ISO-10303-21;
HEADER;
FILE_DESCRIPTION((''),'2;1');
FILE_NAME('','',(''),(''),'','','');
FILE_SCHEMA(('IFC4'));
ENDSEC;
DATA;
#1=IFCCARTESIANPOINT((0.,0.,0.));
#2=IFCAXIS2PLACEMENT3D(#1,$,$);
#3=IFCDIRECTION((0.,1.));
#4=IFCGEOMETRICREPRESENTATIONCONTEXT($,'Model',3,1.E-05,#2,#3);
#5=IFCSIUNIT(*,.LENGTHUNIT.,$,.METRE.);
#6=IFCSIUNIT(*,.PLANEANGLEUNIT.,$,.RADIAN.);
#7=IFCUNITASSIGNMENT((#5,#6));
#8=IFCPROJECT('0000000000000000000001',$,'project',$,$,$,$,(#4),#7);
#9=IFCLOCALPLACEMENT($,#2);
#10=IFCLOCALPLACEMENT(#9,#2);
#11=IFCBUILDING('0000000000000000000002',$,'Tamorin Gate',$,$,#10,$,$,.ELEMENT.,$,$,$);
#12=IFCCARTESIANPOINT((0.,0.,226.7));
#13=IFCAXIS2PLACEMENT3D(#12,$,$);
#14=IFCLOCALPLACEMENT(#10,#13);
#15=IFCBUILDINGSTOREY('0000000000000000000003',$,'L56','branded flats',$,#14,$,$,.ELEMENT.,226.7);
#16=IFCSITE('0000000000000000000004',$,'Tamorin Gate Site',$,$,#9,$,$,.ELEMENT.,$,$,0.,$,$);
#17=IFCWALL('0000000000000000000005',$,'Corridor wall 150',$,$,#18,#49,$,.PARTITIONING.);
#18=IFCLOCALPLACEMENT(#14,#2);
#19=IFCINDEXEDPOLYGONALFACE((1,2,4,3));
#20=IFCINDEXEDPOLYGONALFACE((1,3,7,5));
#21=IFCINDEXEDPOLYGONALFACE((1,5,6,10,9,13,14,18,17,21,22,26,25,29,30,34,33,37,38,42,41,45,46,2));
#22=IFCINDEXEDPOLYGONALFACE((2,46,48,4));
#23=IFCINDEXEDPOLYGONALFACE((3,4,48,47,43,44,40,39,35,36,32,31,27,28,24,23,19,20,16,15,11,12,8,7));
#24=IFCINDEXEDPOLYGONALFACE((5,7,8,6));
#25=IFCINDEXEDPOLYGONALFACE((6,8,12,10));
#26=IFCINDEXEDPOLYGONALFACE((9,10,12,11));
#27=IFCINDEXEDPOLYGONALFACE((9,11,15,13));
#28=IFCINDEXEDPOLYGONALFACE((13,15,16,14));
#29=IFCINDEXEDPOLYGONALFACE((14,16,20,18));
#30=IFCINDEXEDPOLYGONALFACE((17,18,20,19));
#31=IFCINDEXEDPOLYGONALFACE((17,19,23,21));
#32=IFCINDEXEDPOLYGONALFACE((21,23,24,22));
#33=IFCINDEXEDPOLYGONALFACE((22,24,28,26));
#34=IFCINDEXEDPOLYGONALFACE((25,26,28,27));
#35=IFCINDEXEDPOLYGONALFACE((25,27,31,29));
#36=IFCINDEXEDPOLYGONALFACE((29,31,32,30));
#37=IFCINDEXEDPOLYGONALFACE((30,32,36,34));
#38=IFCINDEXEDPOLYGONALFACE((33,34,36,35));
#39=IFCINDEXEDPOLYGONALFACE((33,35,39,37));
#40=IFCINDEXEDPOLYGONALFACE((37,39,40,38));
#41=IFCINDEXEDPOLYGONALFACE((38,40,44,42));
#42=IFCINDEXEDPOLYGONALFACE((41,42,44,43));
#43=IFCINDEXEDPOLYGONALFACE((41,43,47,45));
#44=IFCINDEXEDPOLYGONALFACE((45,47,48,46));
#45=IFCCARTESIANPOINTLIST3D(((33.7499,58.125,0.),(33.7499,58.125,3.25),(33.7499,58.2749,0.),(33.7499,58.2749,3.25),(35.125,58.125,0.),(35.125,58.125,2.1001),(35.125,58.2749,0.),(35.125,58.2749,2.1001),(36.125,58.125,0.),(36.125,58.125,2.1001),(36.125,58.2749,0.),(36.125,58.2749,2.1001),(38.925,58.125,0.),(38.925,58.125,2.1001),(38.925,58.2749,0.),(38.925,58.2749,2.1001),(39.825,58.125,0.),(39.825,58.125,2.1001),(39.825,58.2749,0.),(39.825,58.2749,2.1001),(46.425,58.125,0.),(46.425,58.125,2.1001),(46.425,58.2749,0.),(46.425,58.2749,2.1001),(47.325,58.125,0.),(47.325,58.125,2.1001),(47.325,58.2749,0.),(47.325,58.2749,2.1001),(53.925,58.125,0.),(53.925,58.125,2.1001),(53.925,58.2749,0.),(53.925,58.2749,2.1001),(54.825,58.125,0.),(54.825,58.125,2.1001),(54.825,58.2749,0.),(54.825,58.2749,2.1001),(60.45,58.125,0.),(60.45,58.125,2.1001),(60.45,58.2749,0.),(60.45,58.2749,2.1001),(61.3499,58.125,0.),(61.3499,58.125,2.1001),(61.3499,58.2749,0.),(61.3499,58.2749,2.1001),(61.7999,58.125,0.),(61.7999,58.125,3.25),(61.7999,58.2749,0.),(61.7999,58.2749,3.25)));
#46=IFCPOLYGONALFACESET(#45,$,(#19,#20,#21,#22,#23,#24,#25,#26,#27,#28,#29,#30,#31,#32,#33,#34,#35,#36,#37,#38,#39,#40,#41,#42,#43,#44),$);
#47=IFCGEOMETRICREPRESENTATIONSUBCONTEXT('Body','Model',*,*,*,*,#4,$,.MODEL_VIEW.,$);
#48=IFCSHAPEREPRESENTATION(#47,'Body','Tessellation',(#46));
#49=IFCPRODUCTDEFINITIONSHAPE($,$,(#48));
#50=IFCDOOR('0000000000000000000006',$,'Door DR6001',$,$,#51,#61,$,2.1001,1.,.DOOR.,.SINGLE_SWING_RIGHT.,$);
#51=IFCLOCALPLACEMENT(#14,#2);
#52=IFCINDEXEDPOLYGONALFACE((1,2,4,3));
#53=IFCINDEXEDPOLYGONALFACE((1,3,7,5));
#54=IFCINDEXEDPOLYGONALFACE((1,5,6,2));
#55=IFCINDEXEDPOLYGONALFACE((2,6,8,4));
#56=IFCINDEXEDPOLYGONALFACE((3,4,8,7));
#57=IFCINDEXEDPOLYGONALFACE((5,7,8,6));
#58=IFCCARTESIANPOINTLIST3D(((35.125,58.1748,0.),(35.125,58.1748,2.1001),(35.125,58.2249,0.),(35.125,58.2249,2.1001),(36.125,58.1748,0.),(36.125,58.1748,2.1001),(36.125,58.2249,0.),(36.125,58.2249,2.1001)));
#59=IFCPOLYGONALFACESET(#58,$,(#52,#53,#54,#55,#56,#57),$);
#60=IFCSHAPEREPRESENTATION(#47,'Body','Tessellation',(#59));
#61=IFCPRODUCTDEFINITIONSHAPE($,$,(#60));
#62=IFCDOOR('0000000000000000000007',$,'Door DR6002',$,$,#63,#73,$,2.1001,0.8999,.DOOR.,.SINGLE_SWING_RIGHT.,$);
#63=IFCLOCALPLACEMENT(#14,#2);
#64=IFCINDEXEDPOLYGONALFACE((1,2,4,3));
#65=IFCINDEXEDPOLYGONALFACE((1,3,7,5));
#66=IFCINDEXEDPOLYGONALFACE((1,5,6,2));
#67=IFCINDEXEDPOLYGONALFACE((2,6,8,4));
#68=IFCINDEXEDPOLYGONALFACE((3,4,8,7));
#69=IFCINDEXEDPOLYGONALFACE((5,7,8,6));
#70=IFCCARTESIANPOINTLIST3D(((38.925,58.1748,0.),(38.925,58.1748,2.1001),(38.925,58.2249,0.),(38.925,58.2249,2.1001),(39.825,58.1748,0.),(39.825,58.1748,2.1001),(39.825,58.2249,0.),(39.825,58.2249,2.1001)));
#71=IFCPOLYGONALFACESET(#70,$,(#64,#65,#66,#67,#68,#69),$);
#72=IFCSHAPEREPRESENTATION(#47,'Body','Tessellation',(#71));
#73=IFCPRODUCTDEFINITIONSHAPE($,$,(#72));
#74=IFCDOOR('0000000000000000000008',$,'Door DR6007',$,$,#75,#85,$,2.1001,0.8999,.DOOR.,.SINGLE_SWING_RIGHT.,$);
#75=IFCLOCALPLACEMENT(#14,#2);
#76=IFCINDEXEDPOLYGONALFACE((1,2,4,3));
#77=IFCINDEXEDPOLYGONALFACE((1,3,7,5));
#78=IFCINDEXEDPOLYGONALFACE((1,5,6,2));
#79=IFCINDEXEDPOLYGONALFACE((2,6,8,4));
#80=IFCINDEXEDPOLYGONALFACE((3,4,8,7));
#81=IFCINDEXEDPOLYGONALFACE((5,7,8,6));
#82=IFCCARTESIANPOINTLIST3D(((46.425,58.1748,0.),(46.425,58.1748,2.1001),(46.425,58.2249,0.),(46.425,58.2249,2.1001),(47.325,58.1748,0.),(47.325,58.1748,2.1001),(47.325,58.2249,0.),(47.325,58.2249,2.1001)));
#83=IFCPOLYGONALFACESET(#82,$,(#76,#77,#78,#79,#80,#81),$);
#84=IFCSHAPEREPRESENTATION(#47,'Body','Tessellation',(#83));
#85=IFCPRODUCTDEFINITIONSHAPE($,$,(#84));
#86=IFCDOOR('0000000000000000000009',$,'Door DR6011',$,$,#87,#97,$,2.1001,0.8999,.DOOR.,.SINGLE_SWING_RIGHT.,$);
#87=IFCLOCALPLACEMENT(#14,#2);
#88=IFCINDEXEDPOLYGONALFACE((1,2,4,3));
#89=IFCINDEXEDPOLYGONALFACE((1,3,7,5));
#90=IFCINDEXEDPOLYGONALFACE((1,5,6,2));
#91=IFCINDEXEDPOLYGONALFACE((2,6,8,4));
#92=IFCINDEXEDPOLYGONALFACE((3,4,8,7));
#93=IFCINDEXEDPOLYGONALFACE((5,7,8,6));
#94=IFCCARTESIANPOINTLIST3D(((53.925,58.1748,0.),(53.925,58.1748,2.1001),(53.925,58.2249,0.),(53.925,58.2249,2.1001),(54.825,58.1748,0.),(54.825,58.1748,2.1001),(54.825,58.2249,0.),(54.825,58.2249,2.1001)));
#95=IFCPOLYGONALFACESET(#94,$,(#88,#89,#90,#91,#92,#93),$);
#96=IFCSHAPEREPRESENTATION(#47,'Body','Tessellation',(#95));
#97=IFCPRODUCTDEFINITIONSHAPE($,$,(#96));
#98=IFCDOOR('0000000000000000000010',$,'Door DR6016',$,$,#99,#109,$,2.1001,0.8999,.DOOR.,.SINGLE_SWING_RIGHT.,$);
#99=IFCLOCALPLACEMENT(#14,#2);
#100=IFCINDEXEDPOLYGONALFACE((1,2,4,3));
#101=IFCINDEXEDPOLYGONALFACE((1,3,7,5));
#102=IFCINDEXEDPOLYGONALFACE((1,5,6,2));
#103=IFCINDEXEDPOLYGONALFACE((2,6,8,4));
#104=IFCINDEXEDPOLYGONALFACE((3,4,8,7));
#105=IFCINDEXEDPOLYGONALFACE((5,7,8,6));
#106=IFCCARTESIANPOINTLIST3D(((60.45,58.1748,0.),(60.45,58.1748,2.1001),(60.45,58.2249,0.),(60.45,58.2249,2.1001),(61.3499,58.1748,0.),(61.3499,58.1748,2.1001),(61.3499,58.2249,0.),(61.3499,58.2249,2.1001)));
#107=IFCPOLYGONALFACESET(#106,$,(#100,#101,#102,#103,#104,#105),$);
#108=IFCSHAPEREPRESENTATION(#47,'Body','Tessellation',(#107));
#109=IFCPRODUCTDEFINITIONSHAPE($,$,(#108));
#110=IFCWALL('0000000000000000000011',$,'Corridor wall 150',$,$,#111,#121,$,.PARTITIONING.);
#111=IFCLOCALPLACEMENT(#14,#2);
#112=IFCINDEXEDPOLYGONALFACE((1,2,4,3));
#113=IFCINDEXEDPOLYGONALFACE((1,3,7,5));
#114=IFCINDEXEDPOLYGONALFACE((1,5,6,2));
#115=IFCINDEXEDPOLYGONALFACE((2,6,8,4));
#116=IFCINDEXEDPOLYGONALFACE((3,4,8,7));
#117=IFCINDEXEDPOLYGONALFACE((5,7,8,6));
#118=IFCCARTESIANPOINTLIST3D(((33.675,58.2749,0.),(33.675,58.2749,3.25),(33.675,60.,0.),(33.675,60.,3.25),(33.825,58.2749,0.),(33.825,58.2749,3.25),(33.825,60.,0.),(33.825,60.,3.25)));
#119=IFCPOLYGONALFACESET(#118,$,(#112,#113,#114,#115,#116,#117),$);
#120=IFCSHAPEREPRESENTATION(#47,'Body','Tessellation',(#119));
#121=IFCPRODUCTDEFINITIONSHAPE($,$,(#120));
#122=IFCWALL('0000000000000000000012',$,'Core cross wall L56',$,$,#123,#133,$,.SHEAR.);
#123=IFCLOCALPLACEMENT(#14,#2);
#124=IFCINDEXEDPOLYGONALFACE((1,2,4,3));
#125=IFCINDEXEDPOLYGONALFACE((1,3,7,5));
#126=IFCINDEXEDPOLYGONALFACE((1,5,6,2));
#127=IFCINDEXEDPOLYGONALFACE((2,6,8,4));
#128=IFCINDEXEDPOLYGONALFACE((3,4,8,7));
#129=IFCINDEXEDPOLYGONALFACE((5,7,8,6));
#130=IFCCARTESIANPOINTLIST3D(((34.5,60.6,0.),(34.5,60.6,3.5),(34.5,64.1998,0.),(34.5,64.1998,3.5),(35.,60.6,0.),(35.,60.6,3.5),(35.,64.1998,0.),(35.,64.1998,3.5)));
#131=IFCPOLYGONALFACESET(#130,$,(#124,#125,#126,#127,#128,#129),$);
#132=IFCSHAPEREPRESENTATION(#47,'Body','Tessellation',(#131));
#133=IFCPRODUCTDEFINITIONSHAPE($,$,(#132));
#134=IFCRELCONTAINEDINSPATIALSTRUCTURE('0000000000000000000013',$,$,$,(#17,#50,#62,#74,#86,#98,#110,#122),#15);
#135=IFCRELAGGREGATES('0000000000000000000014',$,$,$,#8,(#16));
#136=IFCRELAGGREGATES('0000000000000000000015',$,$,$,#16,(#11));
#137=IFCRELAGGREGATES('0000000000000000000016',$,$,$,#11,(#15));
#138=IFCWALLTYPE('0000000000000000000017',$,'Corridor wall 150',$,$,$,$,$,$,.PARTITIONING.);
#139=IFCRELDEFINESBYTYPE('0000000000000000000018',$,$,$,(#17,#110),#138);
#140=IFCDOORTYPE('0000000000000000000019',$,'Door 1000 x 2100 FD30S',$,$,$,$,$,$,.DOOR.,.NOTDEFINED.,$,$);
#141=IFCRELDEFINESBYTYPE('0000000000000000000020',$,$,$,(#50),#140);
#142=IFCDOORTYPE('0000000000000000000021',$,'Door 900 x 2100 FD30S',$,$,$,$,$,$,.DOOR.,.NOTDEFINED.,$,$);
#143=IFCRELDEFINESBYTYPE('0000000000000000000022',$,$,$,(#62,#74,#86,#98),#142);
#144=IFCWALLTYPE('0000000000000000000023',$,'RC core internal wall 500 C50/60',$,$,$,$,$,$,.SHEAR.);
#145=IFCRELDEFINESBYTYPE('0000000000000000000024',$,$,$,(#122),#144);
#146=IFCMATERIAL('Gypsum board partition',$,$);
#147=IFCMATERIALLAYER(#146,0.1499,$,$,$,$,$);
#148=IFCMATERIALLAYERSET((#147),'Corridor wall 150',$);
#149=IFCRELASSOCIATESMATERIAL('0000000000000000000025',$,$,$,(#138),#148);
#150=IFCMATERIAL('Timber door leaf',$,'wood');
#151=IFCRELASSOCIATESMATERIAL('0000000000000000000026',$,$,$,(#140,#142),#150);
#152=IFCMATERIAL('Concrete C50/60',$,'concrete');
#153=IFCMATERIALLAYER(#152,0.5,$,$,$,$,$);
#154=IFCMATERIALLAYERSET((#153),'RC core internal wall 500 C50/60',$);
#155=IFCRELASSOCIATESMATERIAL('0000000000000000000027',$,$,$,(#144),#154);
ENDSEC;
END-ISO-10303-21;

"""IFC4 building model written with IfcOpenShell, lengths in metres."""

from ifc_helpers import new_model, si_unit, direction, frame, frame_2d, origin, place, context, subcontext, project, spatial, rectangle, extrude, material, layer, layer_set, type_object, element, fill, save


model = new_model("IFC4")

# Units and contexts
model_context = context("Model", 3, precision=1e-05, world=origin(), true_north=direction((0.0, 1.0)))
body_context = subcontext(model_context, "Body", "Model", "MODEL_VIEW")
ifc_project = project(units=[si_unit("LENGTHUNIT", "METRE"), si_unit("PLANEANGLEUNIT", "RADIAN")], contexts=[model_context])

# Site, building, storey
site_placement = place(None, origin())
site = spatial("IfcSite", under=ifc_project, at=site_placement, Name="Tamorin Gate Site", CompositionType="ELEMENT", RefElevation=0.0)
building_placement = place(site_placement, origin())
building = spatial("IfcBuilding", under=site, at=building_placement, Name="Tamorin Gate", CompositionType="ELEMENT")
storey_placement = place(building_placement, frame((0.0, 0.0, 226.7)))
storey = spatial("IfcBuildingStorey", under=building, at=storey_placement, Name="L56", Description="branded flats", CompositionType="ELEMENT", Elevation=226.7)

# Shared definitions
ifc_material_1 = material(Name="Concrete C50/60", Category="concrete")

# Wall, openings, doors
ifc_material_2 = material(Name="Gypsum board partition")
ifc_layer_1 = layer(ifc_material_2, 0.1499)
ifc_layer_set_1 = layer_set([ifc_layer_1], Name="Corridor wall 150")
wall_type_1 = type_object("IfcWallType", Name="Corridor wall 150", PredefinedType="PARTITIONING", material=ifc_layer_set_1)
wall_1_placement = place(storey_placement, frame((33.75, 58.2, 0.0), z_axis=(0.0, 0.0, 1.0), x_axis=(1.0, 0.0, 0.0)))
wall_1 = element("IfcWall", 1, at=wall_1_placement, inside=storey, type_object=wall_type_1, Name="Corridor wall 150", PredefinedType="PARTITIONING", context=body_context, shape_type="SweptSolid", body=[
    extrude(rectangle(XDim=28.05, YDim=0.1499, at=frame_2d((14.0249, 0.0))), origin(), (0.0, 0.0, 1.0), 3.25),
])
opening_1_placement = place(wall_1_placement, frame((1.375, 0.0, 0.0)))
opening_1 = element("IfcOpeningElement", 2, at=opening_1_placement, cuts=wall_1, PredefinedType="OPENING", context=body_context, shape_type="SweptSolid", body=[
    extrude(rectangle(XDim=1.0, YDim=2.1001, at=frame_2d((0.5, 1.05))), frame((0.0, 0.085, 0.0), z_axis=(0.0, -1.0, 0.0), x_axis=(1.0, 0.0, 0.0)), (0.0, 0.0, 1.0), 0.1699),
])
opening_2_placement = place(wall_1_placement, frame((5.175, 0.0, 0.0)))
opening_2 = element("IfcOpeningElement", 3, at=opening_2_placement, cuts=wall_1, PredefinedType="OPENING", context=body_context, shape_type="SweptSolid", body=[
    extrude(rectangle(XDim=0.8999, YDim=2.1001, at=frame_2d((0.45, 1.05))), frame((0.0, 0.085, 0.0), z_axis=(0.0, -1.0, 0.0), x_axis=(1.0, 0.0, 0.0)), (0.0, 0.0, 1.0), 0.1699),
])
opening_3_placement = place(wall_1_placement, frame((12.675, 0.0, 0.0)))
opening_3 = element("IfcOpeningElement", 4, at=opening_3_placement, cuts=wall_1, PredefinedType="OPENING", context=body_context, shape_type="SweptSolid", body=[
    extrude(rectangle(XDim=0.8999, YDim=2.1001, at=frame_2d((0.45, 1.05))), frame((0.0, 0.085, 0.0), z_axis=(0.0, -1.0, 0.0), x_axis=(1.0, 0.0, 0.0)), (0.0, 0.0, 1.0), 0.1699),
])
opening_4_placement = place(wall_1_placement, frame((20.175, 0.0, 0.0)))
opening_4 = element("IfcOpeningElement", 5, at=opening_4_placement, cuts=wall_1, PredefinedType="OPENING", context=body_context, shape_type="SweptSolid", body=[
    extrude(rectangle(XDim=0.8999, YDim=2.1001, at=frame_2d((0.45, 1.05))), frame((0.0, 0.085, 0.0), z_axis=(0.0, -1.0, 0.0), x_axis=(1.0, 0.0, 0.0)), (0.0, 0.0, 1.0), 0.1699),
])
opening_5_placement = place(wall_1_placement, frame((26.7, 0.0, 0.0)))
opening_5 = element("IfcOpeningElement", 6, at=opening_5_placement, cuts=wall_1, PredefinedType="OPENING", context=body_context, shape_type="SweptSolid", body=[
    extrude(rectangle(XDim=0.8999, YDim=2.1001, at=frame_2d((0.45, 1.05))), frame((0.0, 0.085, 0.0), z_axis=(0.0, -1.0, 0.0), x_axis=(1.0, 0.0, 0.0)), (0.0, 0.0, 1.0), 0.1699),
])
ifc_material_3 = material(Name="Timber door leaf", Category="wood")
door_type_1 = type_object("IfcDoorType", Name="Door 1000 x 2100 FD30S", OperationType="NOTDEFINED", PredefinedType="DOOR", material=ifc_material_3)
door_1_placement = place(opening_1_placement, origin())
door_1 = element("IfcDoor", 7, at=door_1_placement, inside=storey, type_object=door_type_1, Name="Door DR6001", OperationType="SINGLE_SWING_RIGHT", OverallHeight=2.1001, OverallWidth=1.0, PredefinedType="DOOR", context=body_context, shape_type="SweptSolid", body=[
    extrude(rectangle(XDim=1.0, YDim=2.1001, at=frame_2d((0.5, 1.05))), frame((0.0, 0.0249, 0.0), z_axis=(0.0, -1.0, 0.0), x_axis=(1.0, 0.0, 0.0)), (0.0, 0.0, 1.0), 0.05),
])
fill(opening_1, door_1)
door_type_2 = type_object("IfcDoorType", Name="Door 900 x 2100 FD30S", OperationType="NOTDEFINED", PredefinedType="DOOR", material=ifc_material_3)
door_2_placement = place(opening_2_placement, origin())
door_2 = element("IfcDoor", 8, at=door_2_placement, inside=storey, type_object=door_type_2, Name="Door DR6002", OperationType="SINGLE_SWING_RIGHT", OverallHeight=2.1001, OverallWidth=0.8999, PredefinedType="DOOR", context=body_context, shape_type="SweptSolid", body=[
    extrude(rectangle(XDim=0.8999, YDim=2.1001, at=frame_2d((0.45, 1.05))), frame((0.0, 0.0249, 0.0), z_axis=(0.0, -1.0, 0.0), x_axis=(1.0, 0.0, 0.0)), (0.0, 0.0, 1.0), 0.05),
])
fill(opening_2, door_2)
door_3_placement = place(opening_3_placement, origin())
door_3 = element("IfcDoor", 9, at=door_3_placement, inside=storey, type_object=door_type_2, Name="Door DR6007", OperationType="SINGLE_SWING_RIGHT", OverallHeight=2.1001, OverallWidth=0.8999, PredefinedType="DOOR", context=body_context, shape_type="SweptSolid", body=[
    extrude(rectangle(XDim=0.8999, YDim=2.1001, at=frame_2d((0.45, 1.05))), frame((0.0, 0.0249, 0.0), z_axis=(0.0, -1.0, 0.0), x_axis=(1.0, 0.0, 0.0)), (0.0, 0.0, 1.0), 0.05),
])
fill(opening_3, door_3)
door_4_placement = place(opening_4_placement, origin())
door_4 = element("IfcDoor", 10, at=door_4_placement, inside=storey, type_object=door_type_2, Name="Door DR6011", OperationType="SINGLE_SWING_RIGHT", OverallHeight=2.1001, OverallWidth=0.8999, PredefinedType="DOOR", context=body_context, shape_type="SweptSolid", body=[
    extrude(rectangle(XDim=0.8999, YDim=2.1001, at=frame_2d((0.45, 1.05))), frame((0.0, 0.0249, 0.0), z_axis=(0.0, -1.0, 0.0), x_axis=(1.0, 0.0, 0.0)), (0.0, 0.0, 1.0), 0.05),
])
fill(opening_4, door_4)
door_5_placement = place(opening_5_placement, origin())
door_5 = element("IfcDoor", 11, at=door_5_placement, inside=storey, type_object=door_type_2, Name="Door DR6016", OperationType="SINGLE_SWING_RIGHT", OverallHeight=2.1001, OverallWidth=0.8999, PredefinedType="DOOR", context=body_context, shape_type="SweptSolid", body=[
    extrude(rectangle(XDim=0.8999, YDim=2.1001, at=frame_2d((0.45, 1.05))), frame((0.0, 0.0249, 0.0), z_axis=(0.0, -1.0, 0.0), x_axis=(1.0, 0.0, 0.0)), (0.0, 0.0, 1.0), 0.05),
])
fill(opening_5, door_5)

# Walls
wall_2_placement = place(storey_placement, frame((33.75, 58.2749, 0.0), z_axis=(0.0, 0.0, 1.0), x_axis=(0.0, 1.0, 0.0)))
element("IfcWall", 12, at=wall_2_placement, inside=storey, type_object=wall_type_1, Name="Corridor wall 150", PredefinedType="PARTITIONING", context=body_context, shape_type="SweptSolid", body=[
    extrude(rectangle(XDim=1.7251, YDim=0.1499, at=frame_2d((0.8625, 0.0))), origin(), (0.0, 0.0, 1.0), 3.25),
])
ifc_layer_2 = layer(ifc_material_1, 0.5)
ifc_layer_set_2 = layer_set([ifc_layer_2], Name="RC core internal wall 500 C50/60")
wall_type_2 = type_object("IfcWallType", Name="RC core internal wall 500 C50/60", PredefinedType="SHEAR", material=ifc_layer_set_2)
wall_3_placement = place(storey_placement, frame((34.75, 60.6001, 0.0), z_axis=(0.0, 0.0, 1.0), x_axis=(0.0, 1.0, 0.0)))
element("IfcWall", 13, at=wall_3_placement, inside=storey, type_object=wall_type_2, Name="Core cross wall L56", PredefinedType="SHEAR", context=body_context, shape_type="SweptSolid", body=[
    extrude(rectangle(XDim=3.5999, YDim=0.5, at=frame_2d((1.7998, 0.0))), origin(), (0.0, 0.0, 1.0), 3.5),
])

save(model, "model.ifc")
